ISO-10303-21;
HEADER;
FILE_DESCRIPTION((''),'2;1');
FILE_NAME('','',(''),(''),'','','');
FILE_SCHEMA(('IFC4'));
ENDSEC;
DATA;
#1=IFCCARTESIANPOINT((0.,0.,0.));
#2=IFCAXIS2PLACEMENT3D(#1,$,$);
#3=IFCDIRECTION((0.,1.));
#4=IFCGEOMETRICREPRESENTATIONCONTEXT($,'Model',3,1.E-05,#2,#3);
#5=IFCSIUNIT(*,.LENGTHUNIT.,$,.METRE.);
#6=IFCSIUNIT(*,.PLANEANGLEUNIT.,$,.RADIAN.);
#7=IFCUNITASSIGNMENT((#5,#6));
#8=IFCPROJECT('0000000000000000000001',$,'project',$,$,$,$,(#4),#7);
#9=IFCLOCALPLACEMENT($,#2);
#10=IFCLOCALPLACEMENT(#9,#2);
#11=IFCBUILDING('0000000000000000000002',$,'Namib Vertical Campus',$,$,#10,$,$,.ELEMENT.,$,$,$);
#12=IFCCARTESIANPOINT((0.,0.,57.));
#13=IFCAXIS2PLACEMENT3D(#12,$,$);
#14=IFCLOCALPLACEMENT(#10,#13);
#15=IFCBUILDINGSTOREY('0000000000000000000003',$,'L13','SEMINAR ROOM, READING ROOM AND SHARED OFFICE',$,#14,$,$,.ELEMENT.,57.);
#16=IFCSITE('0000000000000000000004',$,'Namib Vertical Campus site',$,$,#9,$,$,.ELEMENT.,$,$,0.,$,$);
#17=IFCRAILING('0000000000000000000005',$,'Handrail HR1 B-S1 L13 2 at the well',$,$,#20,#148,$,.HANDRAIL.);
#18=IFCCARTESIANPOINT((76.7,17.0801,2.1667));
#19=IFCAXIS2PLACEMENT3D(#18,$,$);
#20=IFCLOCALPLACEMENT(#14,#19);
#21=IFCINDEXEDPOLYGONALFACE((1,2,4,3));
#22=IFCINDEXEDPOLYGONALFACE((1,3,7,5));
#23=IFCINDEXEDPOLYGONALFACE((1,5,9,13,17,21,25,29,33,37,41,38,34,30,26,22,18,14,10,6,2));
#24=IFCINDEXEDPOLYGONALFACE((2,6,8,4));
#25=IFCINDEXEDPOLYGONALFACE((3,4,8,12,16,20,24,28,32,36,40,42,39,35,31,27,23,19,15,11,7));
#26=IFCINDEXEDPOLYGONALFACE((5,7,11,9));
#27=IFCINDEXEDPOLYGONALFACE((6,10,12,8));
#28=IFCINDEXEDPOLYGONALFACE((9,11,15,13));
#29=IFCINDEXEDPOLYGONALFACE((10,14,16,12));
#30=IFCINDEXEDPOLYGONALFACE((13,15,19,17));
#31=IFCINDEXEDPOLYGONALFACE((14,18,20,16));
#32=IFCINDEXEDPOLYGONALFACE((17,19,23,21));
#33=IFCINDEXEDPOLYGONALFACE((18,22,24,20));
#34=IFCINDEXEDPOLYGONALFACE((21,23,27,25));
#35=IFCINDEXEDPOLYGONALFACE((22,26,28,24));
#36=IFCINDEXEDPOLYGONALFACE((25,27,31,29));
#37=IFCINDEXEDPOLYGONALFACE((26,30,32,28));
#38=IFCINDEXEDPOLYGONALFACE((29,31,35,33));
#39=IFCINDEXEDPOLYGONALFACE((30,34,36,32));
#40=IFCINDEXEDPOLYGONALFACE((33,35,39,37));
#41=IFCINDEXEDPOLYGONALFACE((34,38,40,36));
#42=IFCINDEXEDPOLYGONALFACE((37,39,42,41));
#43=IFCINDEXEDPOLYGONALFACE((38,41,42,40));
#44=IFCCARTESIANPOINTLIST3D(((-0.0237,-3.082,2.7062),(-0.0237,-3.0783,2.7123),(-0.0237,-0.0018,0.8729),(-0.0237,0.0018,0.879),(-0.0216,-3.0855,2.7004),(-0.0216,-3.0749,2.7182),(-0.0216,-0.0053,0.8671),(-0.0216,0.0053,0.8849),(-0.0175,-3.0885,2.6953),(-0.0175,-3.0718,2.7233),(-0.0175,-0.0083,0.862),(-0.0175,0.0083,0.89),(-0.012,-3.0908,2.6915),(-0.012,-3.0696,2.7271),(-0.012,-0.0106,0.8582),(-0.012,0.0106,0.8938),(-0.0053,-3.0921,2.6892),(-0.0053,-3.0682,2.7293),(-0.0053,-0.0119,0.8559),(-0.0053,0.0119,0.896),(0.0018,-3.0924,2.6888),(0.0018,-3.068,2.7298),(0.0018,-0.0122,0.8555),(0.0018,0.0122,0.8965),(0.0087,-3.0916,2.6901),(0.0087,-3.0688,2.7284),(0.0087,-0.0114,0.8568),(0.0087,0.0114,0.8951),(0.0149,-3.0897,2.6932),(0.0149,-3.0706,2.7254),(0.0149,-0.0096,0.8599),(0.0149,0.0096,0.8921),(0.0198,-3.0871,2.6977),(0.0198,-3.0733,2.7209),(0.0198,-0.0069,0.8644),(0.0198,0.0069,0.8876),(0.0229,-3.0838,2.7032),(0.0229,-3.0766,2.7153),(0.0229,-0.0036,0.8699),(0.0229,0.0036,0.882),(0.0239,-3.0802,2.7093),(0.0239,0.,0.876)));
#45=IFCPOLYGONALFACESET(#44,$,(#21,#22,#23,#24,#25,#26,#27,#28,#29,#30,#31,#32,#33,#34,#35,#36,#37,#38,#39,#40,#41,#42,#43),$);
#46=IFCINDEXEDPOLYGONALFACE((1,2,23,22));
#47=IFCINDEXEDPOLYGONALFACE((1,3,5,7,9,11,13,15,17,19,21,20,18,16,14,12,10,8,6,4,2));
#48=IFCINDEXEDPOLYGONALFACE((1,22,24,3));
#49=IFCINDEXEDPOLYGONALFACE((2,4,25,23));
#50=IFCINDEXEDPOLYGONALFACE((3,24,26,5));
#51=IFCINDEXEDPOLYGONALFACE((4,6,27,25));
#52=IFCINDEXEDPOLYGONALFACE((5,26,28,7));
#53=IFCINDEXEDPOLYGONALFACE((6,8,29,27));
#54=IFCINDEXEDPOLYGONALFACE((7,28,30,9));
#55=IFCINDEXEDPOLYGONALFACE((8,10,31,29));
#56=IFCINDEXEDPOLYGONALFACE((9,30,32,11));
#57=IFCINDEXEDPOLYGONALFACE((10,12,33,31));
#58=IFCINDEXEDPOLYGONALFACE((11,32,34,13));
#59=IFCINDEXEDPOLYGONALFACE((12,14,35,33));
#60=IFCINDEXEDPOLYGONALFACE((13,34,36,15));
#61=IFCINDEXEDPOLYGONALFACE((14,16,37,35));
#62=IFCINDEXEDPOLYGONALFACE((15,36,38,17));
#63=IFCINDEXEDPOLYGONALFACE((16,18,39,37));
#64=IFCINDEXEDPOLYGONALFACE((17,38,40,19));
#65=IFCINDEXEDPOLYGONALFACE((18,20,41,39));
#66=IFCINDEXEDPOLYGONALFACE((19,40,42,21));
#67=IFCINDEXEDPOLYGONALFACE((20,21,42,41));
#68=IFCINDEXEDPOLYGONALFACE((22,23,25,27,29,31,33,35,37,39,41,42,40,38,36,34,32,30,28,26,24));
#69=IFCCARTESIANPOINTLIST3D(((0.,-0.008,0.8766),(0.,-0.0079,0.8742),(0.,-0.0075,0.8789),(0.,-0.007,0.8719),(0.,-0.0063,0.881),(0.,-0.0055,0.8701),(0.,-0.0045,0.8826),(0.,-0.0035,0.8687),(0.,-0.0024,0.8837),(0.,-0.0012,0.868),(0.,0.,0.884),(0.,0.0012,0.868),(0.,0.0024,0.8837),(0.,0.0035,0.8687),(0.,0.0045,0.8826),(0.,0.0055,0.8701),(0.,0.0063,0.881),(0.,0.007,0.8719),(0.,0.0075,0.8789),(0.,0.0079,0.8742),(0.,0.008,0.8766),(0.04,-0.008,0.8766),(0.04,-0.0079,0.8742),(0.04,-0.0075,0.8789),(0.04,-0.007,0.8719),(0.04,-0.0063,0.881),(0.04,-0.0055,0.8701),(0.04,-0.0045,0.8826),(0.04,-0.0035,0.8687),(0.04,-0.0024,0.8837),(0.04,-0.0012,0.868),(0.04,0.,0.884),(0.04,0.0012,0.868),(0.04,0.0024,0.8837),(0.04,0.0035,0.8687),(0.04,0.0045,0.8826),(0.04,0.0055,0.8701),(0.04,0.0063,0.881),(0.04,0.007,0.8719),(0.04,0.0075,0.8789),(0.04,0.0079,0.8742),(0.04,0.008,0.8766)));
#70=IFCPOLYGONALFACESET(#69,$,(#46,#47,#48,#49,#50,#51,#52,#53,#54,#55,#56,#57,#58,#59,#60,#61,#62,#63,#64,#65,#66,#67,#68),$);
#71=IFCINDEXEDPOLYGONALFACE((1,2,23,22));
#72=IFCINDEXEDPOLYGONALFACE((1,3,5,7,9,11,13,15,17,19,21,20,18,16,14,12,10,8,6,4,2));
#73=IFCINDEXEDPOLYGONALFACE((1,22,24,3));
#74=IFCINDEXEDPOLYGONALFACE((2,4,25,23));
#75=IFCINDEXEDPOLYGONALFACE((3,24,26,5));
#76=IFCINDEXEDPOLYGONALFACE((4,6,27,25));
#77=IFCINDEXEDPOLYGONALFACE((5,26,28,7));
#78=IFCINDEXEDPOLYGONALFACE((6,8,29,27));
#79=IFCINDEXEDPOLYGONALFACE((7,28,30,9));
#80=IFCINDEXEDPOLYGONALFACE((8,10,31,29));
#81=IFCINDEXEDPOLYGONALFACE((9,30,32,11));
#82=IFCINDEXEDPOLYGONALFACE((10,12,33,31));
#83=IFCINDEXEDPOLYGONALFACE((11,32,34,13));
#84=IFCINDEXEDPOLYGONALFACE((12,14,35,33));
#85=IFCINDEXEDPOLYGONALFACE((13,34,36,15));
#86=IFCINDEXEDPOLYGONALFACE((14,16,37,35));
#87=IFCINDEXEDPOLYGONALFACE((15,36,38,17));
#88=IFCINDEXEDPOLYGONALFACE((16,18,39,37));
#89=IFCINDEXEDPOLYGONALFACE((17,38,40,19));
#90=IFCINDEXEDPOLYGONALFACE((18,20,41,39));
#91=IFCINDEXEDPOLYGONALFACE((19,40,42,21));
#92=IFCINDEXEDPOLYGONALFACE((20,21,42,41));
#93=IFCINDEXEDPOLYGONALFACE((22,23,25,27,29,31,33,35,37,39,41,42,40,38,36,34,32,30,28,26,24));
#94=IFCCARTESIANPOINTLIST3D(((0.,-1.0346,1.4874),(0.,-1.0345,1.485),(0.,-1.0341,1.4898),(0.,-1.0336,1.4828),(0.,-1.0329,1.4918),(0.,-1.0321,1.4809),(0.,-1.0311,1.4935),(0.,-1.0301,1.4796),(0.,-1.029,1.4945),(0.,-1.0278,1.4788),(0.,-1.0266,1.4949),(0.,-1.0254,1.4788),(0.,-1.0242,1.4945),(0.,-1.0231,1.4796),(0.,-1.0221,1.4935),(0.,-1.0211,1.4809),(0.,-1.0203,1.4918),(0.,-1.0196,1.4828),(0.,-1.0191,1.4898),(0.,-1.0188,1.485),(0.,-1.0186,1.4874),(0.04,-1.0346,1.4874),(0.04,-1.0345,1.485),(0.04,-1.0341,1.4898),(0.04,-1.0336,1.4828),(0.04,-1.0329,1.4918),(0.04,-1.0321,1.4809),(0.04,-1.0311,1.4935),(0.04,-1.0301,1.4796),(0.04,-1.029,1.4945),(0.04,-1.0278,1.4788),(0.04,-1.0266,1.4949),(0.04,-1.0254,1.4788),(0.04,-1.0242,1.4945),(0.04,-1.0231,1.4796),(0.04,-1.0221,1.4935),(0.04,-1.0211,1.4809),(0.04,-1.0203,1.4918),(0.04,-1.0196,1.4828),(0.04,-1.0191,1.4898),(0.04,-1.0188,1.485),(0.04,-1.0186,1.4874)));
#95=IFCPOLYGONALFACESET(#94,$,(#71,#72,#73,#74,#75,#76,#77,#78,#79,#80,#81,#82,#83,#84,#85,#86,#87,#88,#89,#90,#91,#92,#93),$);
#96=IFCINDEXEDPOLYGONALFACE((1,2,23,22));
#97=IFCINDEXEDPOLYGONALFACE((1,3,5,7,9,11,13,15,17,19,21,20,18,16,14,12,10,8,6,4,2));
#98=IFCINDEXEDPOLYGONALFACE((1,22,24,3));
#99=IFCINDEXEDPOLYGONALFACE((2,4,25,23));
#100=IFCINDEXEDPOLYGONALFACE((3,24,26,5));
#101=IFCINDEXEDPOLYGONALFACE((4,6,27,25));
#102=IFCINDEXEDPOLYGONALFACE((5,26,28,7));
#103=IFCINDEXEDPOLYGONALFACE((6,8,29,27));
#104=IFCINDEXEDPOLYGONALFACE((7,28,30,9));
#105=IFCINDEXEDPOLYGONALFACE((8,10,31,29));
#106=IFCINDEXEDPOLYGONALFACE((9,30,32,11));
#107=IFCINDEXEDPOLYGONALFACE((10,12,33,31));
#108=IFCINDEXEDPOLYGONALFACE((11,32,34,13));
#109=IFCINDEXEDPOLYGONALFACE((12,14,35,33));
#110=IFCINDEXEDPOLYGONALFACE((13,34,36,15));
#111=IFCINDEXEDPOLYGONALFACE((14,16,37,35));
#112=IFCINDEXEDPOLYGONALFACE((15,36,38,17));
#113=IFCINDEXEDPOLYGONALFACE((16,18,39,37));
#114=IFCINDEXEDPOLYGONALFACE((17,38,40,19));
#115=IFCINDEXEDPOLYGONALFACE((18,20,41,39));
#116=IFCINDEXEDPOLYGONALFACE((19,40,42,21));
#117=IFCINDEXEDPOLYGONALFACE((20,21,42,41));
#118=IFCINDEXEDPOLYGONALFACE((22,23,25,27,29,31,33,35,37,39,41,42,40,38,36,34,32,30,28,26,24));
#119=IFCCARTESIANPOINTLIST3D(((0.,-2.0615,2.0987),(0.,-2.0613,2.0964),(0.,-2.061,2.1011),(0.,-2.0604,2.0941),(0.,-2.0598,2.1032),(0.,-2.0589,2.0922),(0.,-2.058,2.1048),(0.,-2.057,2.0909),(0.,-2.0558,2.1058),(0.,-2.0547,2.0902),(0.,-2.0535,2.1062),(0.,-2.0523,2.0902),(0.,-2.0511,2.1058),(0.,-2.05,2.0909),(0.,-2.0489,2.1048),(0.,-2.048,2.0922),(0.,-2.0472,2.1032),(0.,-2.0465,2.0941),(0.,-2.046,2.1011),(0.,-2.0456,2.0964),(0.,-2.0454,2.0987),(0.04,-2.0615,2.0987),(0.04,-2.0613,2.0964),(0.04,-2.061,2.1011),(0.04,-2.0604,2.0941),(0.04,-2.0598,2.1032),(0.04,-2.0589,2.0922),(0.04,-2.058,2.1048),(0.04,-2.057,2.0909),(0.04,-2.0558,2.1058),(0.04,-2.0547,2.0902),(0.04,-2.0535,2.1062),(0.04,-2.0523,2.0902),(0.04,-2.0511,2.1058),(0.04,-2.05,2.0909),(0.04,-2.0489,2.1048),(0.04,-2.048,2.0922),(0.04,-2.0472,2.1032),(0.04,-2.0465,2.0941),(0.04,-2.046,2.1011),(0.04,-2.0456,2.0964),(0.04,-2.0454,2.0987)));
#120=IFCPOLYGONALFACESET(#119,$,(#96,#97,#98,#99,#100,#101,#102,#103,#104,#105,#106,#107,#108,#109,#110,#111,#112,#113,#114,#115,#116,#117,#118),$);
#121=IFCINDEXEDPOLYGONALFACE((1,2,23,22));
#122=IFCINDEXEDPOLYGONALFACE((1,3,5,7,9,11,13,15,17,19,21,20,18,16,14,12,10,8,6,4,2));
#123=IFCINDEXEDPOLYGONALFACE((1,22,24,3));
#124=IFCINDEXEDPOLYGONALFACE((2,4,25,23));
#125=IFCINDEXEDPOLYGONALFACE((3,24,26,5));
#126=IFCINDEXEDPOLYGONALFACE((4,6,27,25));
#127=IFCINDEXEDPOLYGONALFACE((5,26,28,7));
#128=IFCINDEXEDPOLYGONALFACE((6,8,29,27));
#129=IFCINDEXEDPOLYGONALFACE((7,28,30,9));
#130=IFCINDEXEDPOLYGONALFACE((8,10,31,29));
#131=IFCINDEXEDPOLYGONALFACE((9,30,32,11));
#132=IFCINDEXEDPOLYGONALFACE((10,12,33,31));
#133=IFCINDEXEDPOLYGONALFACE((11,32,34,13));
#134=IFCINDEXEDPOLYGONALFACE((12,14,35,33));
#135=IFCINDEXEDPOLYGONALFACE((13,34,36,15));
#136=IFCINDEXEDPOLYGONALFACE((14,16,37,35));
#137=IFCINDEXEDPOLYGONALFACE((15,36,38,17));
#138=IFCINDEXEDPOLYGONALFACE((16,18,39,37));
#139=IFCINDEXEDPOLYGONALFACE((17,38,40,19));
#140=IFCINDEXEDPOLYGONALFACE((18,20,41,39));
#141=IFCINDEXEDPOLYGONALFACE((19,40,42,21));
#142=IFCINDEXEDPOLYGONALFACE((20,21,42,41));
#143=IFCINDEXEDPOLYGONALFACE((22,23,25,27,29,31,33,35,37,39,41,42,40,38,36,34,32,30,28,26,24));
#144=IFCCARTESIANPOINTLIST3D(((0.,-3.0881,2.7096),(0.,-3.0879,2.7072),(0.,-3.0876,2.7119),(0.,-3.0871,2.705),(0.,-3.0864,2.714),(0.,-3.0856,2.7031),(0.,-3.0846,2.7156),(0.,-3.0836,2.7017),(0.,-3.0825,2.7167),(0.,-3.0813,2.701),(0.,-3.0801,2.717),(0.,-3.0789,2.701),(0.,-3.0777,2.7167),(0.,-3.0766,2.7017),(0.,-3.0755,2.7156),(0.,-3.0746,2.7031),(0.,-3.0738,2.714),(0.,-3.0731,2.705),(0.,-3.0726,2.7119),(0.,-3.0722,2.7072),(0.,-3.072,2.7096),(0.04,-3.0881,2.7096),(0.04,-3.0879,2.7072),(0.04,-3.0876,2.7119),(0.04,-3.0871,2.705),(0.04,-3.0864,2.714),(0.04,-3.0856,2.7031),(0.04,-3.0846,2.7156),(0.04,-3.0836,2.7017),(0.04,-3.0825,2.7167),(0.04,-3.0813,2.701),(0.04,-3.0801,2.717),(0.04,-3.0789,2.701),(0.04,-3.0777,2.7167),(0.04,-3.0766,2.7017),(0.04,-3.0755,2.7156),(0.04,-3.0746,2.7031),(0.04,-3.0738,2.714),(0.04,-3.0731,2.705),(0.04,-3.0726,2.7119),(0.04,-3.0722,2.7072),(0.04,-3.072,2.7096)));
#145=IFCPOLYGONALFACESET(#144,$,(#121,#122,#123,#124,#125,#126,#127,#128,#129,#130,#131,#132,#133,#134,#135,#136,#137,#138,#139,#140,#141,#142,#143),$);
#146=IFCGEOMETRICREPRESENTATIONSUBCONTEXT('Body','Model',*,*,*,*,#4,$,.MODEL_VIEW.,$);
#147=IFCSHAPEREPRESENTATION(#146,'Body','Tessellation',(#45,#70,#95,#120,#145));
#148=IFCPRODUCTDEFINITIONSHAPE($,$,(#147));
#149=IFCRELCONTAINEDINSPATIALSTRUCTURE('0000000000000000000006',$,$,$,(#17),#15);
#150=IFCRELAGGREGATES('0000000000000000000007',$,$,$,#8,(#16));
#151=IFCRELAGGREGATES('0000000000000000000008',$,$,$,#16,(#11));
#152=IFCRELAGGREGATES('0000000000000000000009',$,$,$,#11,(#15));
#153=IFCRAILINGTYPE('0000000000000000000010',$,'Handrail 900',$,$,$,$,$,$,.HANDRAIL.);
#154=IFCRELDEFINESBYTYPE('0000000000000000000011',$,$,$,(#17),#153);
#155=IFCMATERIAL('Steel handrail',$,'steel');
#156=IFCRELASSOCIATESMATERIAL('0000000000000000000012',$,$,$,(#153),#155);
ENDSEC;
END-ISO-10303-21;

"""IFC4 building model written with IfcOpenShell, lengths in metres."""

from ifc_helpers import new_model, si_unit, direction, frame, origin, origin_2d, place, context, subcontext, project, spatial, circle, extrude, material, type_object, element, save


model = new_model("IFC4")

# Units and contexts
model_context = context("Model", 3, precision=1e-05, world=origin(), true_north=direction((0.0, 1.0)))
body_context = subcontext(model_context, "Body", "Model", "MODEL_VIEW")
ifc_project = project(units=[si_unit("LENGTHUNIT", "METRE"), si_unit("PLANEANGLEUNIT", "RADIAN")], contexts=[model_context])

# Site, building, storey
site_placement = place(None, origin())
site = spatial("IfcSite", under=ifc_project, at=site_placement, Name="Namib Vertical Campus site", CompositionType="ELEMENT", RefElevation=0.0)
building_placement = place(site_placement, origin())
building = spatial("IfcBuilding", under=site, at=building_placement, Name="Namib Vertical Campus", CompositionType="ELEMENT")
storey_placement = place(building_placement, frame((0.0, 0.0, 57.0)))
storey = spatial("IfcBuildingStorey", under=building, at=storey_placement, Name="L13", Description="SEMINAR ROOM, READING ROOM AND SHARED OFFICE", CompositionType="ELEMENT", Elevation=57.0)

# Railing
ifc_material_1 = material(Name="Steel handrail", Category="steel")
railing_type_1 = type_object("IfcRailingType", Name="Handrail 900", PredefinedType="HANDRAIL", material=ifc_material_1)
railing_1_placement = place(storey_placement, frame((76.7, 17.0801, 2.1667)))
element("IfcRailing", 1, at=railing_1_placement, inside=storey, type_object=railing_type_1, Name="Handrail HR1 B-S1 L13 2 at the well", PredefinedType="HANDRAIL", context=body_context, shape_type="SweptSolid", body=[
    extrude(circle(Radius=0.0239, at=origin_2d()), frame((0.0, 0.0, 0.876), z_axis=(0.0, -0.859309, 0.511458), x_axis=(1.0, 0.0, 0.0)), (0.0, 0.0, 1.0), 3.5845),
    extrude(circle(Radius=0.0081, at=origin_2d()), frame((0.0, 0.0, 0.876), z_axis=(1.0, 0.0, 0.0), x_axis=(0.0, 0.0, 1.0)), (0.0, 0.0, 1.0), 0.04),
    extrude(circle(Radius=0.0081, at=origin_2d()), frame((0.0, -1.0266, 1.4868), z_axis=(1.0, 0.0, 0.0), x_axis=(0.0, 0.0, 1.0)), (0.0, 0.0, 1.0), 0.04),
    extrude(circle(Radius=0.0081, at=origin_2d()), frame((0.0, -2.0535, 2.0981), z_axis=(1.0, 0.0, 0.0), x_axis=(0.0, 0.0, 1.0)), (0.0, 0.0, 1.0), 0.04),
    extrude(circle(Radius=0.0081, at=origin_2d()), frame((0.0, -3.0801, 2.709), z_axis=(1.0, 0.0, 0.0), x_axis=(0.0, 0.0, 1.0)), (0.0, 0.0, 1.0), 0.04),
])

save(model, "model.ifc")
